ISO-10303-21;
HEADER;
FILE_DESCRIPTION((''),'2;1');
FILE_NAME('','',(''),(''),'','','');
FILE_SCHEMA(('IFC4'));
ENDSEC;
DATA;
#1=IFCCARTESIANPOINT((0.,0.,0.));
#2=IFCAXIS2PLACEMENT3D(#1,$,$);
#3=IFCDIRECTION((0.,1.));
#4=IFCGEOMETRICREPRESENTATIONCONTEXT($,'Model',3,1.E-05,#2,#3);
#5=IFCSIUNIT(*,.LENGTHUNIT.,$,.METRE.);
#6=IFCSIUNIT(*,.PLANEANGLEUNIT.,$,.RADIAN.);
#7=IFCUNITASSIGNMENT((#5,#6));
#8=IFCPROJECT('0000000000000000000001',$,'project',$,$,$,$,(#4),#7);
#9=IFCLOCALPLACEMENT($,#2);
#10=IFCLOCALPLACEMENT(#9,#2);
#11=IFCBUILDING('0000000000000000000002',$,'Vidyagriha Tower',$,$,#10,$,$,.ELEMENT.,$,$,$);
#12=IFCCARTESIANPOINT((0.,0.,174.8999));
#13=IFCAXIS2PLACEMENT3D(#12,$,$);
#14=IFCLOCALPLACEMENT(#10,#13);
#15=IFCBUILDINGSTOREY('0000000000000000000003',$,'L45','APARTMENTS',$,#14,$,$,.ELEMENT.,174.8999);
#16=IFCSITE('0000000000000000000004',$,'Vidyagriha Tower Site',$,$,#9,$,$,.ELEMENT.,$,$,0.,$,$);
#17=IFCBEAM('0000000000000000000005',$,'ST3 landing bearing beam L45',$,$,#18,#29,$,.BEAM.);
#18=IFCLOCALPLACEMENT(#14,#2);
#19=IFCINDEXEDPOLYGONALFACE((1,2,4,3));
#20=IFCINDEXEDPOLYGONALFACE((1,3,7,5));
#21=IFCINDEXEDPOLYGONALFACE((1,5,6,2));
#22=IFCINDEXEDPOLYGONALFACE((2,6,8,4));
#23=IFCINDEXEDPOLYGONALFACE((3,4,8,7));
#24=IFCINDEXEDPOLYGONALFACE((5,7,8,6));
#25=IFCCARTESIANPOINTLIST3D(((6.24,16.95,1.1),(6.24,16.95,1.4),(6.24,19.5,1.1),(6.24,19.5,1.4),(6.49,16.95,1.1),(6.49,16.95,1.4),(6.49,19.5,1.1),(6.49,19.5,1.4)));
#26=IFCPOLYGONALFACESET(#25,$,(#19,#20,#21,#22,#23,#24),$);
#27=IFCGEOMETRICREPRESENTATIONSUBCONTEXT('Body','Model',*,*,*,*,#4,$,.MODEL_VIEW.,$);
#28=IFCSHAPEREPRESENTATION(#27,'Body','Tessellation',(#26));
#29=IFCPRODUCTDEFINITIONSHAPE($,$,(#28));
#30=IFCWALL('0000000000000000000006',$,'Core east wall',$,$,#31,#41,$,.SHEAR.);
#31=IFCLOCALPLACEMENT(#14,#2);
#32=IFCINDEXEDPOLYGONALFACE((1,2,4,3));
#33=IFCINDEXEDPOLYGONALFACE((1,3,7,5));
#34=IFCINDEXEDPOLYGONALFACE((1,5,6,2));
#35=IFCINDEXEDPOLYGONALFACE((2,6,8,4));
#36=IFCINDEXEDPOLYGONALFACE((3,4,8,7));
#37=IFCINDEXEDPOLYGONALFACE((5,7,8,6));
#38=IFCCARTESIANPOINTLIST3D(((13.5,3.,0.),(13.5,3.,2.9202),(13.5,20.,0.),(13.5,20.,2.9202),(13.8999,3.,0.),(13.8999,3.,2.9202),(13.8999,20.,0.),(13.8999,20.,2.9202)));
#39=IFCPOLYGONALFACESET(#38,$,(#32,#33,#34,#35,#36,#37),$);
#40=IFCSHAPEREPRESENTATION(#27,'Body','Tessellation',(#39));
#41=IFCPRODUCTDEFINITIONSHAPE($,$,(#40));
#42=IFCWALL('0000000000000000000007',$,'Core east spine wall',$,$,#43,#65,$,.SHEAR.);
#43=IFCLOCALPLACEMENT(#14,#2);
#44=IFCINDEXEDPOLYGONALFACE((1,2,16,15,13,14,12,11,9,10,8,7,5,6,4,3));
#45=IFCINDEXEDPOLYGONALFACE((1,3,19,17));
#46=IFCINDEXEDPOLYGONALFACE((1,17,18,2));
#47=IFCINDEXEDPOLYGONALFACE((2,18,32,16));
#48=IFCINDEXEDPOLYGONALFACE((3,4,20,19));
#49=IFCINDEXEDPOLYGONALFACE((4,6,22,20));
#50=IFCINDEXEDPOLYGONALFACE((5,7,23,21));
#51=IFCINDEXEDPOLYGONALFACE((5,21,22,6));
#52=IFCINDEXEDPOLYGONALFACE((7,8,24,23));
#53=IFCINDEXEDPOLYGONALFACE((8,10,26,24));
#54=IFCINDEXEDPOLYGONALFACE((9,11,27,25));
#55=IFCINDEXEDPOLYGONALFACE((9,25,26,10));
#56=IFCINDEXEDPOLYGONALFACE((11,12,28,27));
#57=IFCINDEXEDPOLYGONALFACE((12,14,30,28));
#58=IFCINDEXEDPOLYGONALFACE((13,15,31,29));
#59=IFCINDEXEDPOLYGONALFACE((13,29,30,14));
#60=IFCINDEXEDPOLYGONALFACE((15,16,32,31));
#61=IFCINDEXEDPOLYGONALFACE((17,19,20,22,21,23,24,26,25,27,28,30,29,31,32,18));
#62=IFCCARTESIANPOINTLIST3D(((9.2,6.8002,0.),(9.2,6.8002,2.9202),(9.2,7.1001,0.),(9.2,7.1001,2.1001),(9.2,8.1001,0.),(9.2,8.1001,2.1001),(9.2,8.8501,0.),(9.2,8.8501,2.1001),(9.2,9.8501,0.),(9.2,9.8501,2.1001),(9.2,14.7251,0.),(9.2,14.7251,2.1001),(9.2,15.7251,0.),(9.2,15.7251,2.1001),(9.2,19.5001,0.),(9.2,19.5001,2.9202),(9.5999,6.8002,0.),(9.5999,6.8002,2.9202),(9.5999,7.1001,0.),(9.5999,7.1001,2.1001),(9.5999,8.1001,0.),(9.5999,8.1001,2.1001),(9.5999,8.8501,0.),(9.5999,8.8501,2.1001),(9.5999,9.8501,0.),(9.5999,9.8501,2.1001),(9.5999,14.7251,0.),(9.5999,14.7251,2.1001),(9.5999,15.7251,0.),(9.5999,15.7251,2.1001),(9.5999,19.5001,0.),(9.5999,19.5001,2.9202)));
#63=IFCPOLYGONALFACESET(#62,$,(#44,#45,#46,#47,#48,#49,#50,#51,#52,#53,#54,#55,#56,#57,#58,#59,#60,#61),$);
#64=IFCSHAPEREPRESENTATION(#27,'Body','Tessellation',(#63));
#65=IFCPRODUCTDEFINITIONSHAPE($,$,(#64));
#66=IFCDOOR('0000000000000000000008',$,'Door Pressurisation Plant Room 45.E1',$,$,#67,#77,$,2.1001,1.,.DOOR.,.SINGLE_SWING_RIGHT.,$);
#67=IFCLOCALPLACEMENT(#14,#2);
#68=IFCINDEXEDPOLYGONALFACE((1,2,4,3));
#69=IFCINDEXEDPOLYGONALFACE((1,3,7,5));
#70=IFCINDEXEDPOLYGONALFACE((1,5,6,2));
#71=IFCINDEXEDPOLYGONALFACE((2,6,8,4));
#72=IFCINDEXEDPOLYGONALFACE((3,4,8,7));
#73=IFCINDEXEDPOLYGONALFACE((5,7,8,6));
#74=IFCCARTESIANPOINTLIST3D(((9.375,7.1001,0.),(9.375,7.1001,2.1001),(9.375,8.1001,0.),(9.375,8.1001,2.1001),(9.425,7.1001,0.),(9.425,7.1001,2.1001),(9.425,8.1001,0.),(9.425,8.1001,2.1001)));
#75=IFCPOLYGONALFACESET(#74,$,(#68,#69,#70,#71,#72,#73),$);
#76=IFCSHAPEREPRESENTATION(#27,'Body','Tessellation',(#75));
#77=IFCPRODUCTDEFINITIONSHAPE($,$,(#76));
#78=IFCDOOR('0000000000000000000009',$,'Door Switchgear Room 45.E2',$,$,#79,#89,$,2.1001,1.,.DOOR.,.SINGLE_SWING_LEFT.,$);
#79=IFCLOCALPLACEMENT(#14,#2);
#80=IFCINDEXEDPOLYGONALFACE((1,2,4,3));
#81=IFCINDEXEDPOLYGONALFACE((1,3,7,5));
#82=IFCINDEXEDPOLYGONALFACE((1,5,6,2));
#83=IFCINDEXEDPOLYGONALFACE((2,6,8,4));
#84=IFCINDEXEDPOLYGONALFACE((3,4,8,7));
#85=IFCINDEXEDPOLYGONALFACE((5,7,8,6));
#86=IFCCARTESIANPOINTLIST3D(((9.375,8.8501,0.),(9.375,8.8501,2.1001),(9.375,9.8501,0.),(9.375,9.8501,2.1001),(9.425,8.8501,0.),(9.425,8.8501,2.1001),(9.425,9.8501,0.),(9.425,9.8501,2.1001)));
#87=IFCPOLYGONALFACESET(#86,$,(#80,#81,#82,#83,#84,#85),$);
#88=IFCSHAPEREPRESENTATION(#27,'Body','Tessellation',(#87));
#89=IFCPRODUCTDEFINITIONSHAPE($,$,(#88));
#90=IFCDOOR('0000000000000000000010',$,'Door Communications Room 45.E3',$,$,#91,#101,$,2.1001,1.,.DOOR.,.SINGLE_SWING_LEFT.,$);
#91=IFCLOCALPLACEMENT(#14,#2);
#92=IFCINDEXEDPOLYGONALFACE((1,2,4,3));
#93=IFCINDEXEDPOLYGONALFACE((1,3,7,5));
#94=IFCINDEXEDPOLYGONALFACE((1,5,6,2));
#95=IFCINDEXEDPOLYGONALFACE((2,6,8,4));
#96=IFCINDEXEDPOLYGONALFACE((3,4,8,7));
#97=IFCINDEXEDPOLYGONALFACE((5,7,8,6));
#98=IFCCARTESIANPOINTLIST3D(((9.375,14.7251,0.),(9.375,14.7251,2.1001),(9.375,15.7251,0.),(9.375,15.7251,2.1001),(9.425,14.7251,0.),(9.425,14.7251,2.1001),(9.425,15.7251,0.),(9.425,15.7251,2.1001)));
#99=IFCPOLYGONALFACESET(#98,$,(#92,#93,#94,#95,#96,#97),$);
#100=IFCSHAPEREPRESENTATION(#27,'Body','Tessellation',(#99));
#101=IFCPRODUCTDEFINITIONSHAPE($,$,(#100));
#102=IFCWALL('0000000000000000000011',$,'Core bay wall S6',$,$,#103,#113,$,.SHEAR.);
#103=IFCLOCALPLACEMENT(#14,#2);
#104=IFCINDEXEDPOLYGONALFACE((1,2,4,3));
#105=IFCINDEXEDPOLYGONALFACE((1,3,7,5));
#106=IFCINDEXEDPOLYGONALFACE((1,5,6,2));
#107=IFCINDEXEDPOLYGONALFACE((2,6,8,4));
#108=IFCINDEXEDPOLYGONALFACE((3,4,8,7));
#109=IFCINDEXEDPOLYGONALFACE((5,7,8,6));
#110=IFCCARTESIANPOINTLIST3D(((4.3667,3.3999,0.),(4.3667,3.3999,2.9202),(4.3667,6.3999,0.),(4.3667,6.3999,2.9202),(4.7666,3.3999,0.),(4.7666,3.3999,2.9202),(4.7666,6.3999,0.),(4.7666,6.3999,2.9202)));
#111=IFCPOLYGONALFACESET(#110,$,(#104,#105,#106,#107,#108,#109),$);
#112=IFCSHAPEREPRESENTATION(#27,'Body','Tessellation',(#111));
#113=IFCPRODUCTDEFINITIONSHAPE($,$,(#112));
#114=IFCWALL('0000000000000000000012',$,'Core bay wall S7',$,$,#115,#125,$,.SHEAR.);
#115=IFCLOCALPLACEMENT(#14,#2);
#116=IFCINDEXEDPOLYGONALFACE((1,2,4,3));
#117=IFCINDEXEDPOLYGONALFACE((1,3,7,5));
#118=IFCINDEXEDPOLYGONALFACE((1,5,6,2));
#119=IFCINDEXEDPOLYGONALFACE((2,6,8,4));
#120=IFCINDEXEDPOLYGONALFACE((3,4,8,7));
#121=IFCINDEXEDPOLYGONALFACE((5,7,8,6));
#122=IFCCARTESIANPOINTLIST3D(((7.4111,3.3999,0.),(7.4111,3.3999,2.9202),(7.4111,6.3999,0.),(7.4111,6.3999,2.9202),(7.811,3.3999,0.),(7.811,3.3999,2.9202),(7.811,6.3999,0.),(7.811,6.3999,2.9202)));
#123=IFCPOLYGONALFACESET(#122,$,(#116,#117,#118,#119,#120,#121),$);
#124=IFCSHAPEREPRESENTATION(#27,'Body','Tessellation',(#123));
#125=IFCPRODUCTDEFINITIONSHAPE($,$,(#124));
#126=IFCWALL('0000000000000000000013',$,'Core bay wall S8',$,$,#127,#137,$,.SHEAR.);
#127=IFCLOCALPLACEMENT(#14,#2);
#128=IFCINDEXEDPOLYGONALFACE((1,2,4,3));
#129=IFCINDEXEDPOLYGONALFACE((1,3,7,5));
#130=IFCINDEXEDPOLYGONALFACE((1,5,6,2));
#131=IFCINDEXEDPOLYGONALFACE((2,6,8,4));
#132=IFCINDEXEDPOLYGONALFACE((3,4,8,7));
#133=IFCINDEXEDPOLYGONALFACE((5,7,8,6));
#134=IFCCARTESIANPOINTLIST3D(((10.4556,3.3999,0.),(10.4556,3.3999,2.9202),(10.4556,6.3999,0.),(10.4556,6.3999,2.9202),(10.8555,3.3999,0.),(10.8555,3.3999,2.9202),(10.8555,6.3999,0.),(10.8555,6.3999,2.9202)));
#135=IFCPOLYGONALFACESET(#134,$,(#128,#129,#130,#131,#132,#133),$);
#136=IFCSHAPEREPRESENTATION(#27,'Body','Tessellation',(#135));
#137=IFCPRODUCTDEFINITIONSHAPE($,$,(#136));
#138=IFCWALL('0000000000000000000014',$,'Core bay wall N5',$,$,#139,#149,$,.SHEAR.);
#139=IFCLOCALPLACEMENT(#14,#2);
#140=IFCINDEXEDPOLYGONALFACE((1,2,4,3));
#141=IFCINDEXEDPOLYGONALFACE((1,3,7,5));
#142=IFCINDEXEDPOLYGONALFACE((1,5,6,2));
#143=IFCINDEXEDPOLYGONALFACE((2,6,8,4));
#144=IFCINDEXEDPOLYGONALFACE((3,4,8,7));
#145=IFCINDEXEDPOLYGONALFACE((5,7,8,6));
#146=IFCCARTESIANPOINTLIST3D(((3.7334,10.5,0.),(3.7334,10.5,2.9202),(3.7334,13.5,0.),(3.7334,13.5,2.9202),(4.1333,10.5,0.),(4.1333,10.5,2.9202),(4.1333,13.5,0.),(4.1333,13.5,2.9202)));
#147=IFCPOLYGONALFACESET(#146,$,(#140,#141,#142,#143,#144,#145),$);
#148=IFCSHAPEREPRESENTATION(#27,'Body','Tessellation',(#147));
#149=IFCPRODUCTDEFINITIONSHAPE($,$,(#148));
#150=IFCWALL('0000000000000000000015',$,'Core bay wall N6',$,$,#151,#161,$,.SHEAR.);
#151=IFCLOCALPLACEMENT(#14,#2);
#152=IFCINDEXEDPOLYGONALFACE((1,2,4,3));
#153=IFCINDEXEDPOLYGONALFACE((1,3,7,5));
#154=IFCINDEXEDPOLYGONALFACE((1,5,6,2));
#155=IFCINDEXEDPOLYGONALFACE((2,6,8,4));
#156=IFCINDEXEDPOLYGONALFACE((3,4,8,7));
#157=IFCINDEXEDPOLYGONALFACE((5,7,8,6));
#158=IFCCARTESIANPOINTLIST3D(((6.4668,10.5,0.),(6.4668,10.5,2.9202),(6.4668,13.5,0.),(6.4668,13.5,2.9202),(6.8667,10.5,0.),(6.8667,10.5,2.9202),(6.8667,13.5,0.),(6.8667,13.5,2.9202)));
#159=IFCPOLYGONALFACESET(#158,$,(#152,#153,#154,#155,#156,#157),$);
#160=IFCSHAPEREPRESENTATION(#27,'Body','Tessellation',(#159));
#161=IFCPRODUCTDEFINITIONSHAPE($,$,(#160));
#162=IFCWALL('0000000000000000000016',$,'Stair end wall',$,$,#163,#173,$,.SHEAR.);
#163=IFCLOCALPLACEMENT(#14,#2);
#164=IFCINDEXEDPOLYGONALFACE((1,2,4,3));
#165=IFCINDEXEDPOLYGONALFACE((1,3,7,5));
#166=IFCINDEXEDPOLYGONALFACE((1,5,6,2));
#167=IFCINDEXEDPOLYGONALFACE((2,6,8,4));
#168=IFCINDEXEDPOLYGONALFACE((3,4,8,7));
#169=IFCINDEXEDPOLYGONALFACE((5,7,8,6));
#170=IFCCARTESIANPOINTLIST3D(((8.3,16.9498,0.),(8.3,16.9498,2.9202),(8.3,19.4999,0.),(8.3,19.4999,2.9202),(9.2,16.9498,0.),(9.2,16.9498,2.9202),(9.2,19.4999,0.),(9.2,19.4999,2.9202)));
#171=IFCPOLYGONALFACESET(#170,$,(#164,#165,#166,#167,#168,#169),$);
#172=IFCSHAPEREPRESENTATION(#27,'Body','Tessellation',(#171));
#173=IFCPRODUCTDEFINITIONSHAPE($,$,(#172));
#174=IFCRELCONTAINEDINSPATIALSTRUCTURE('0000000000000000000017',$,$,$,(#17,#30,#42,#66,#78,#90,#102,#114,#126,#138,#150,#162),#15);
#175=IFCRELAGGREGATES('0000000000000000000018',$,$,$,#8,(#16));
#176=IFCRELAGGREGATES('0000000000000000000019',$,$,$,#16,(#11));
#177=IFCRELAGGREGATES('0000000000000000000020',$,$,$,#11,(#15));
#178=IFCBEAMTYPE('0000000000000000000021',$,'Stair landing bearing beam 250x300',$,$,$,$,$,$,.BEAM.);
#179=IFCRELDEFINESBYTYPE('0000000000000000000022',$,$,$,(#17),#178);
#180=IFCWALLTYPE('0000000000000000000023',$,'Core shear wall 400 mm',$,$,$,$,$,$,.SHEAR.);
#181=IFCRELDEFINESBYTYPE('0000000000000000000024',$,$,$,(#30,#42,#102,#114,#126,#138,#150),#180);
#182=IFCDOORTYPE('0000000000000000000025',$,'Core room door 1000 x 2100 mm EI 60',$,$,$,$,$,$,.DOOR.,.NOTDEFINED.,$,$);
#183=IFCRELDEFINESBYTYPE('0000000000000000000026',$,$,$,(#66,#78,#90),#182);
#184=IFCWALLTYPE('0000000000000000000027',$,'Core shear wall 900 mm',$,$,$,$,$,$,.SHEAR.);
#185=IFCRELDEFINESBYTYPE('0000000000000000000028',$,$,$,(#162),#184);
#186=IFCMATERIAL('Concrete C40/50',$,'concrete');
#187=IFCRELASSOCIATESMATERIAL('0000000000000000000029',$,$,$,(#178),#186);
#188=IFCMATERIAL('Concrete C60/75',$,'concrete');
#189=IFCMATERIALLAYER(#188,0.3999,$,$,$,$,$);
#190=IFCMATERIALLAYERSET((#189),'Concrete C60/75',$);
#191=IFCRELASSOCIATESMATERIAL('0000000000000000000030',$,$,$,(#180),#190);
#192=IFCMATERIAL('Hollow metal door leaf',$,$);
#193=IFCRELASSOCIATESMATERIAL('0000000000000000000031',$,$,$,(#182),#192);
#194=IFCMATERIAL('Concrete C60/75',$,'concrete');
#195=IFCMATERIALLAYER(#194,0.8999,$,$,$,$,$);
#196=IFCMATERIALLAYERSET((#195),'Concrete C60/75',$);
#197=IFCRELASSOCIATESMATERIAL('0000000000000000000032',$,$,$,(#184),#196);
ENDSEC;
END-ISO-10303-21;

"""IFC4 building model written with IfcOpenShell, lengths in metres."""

from ifc_helpers import new_model, si_unit, direction, frame, frame_2d, origin, origin_2d, place, context, subcontext, project, spatial, rectangle, extrude, material, layer, layer_set, material_profile, profile_set, type_object, element, fill, save


model = new_model("IFC4")

# Units and contexts
model_context = context("Model", 3, precision=1e-05, world=origin(), true_north=direction((0.0, 1.0)))
body_context = subcontext(model_context, "Body", "Model", "MODEL_VIEW")
ifc_project = project(units=[si_unit("LENGTHUNIT", "METRE"), si_unit("PLANEANGLEUNIT", "RADIAN")], contexts=[model_context])

# Site, building, storey
site_placement = place(None, origin())
site = spatial("IfcSite", under=ifc_project, at=site_placement, Name="Vidyagriha Tower Site", CompositionType="ELEMENT", RefElevation=0.0)
building_placement = place(site_placement, origin())
building = spatial("IfcBuilding", under=site, at=building_placement, Name="Vidyagriha Tower", CompositionType="ELEMENT")
storey_placement = place(building_placement, frame((0.0, 0.0, 174.8999)))
storey = spatial("IfcBuildingStorey", under=building, at=storey_placement, Name="L45", Description="APARTMENTS", CompositionType="ELEMENT", Elevation=174.8999)

# Beam
ifc_material_1 = material(Name="Concrete C40/50", Category="concrete")
ifc_material_profile = material_profile(ifc_material_1, rectangle(XDim=0.25, YDim=0.3, at=origin_2d()), Name="Stair landing bearing beam 250x300")
ifc_profile_set = profile_set([ifc_material_profile], Name="Concrete C40/50")
beam_type = type_object("IfcBeamType", Name="Stair landing bearing beam 250x300", PredefinedType="BEAM", material=ifc_profile_set)
beam_placement = place(storey_placement, frame((6.365, 16.95, 1.25), z_axis=(0.0, 1.0, 0.0), x_axis=(-1.0, 0.0, 0.0)))
element("IfcBeam", 1, at=beam_placement, inside=storey, type_object=beam_type, Name="ST3 landing bearing beam L45", PredefinedType="BEAM", context=body_context, shape_type="SweptSolid", body=[
    extrude(rectangle(XDim=0.25, YDim=0.3, at=origin_2d()), origin(), (0.0, 0.0, 1.0), 2.55),
])

# Wall
ifc_material_2 = material(Name="Concrete C60/75", Category="concrete")
ifc_layer_1 = layer(ifc_material_2, 0.3999)
ifc_layer_set_1 = layer_set([ifc_layer_1], Name="Concrete C60/75")
wall_type_1 = type_object("IfcWallType", Name="Core shear wall 400 mm", PredefinedType="SHEAR", material=ifc_layer_set_1)
wall_1_placement = place(storey_placement, frame((13.7, 3.0, 0.0), z_axis=(0.0, 0.0, 1.0), x_axis=(0.0, 1.0, 0.0)))
element("IfcWall", 2, at=wall_1_placement, inside=storey, type_object=wall_type_1, Name="Core east wall", PredefinedType="SHEAR", context=body_context, shape_type="SweptSolid", body=[
    extrude(rectangle(XDim=17.0, YDim=0.3999, at=frame_2d((8.5, 0.0))), origin(), (0.0, 0.0, 1.0), 2.9202),
])

# Wall, openings, doors
wall_2_placement = place(storey_placement, frame((9.3999, 6.8, 0.0), z_axis=(0.0, 0.0, 1.0), x_axis=(0.0, 1.0, 0.0)))
wall_2 = element("IfcWall", 3, at=wall_2_placement, inside=storey, type_object=wall_type_1, Name="Core east spine wall", PredefinedType="SHEAR", context=body_context, shape_type="SweptSolid", body=[
    extrude(rectangle(XDim=12.7, YDim=0.3999, at=frame_2d((6.3501, 0.0))), origin(), (0.0, 0.0, 1.0), 2.9202),
])
opening_1_placement = place(wall_2_placement, frame((0.3, 0.0, 0.0)))
opening_1 = element("IfcOpeningElement", 4, at=opening_1_placement, cuts=wall_2, PredefinedType="OPENING", context=body_context, shape_type="SweptSolid", body=[
    extrude(rectangle(XDim=1.0, YDim=2.1001, at=frame_2d((0.5, 1.05))), frame((0.0, 0.21, 0.0), z_axis=(0.0, -1.0, 0.0), x_axis=(1.0, 0.0, 0.0)), (0.0, 0.0, 1.0), 0.4199),
])
opening_2_placement = place(wall_2_placement, frame((2.05, 0.0, 0.0)))
opening_2 = element("IfcOpeningElement", 5, at=opening_2_placement, cuts=wall_2, PredefinedType="OPENING", context=body_context, shape_type="SweptSolid", body=[
    extrude(rectangle(XDim=1.0, YDim=2.1001, at=frame_2d((0.5, 1.05))), frame((0.0, 0.21, 0.0), z_axis=(0.0, -1.0, 0.0), x_axis=(1.0, 0.0, 0.0)), (0.0, 0.0, 1.0), 0.4199),
])
opening_3_placement = place(wall_2_placement, frame((7.925, 0.0, 0.0)))
opening_3 = element("IfcOpeningElement", 6, at=opening_3_placement, cuts=wall_2, PredefinedType="OPENING", context=body_context, shape_type="SweptSolid", body=[
    extrude(rectangle(XDim=1.0, YDim=2.1001, at=frame_2d((0.5, 1.05))), frame((0.0, 0.21, 0.0), z_axis=(0.0, -1.0, 0.0), x_axis=(1.0, 0.0, 0.0)), (0.0, 0.0, 1.0), 0.4199),
])
ifc_material_3 = material(Name="Hollow metal door leaf")
door_type_1 = type_object("IfcDoorType", Name="Core room door 1000 x 2100 mm EI 60", OperationType="NOTDEFINED", PredefinedType="DOOR", material=ifc_material_3)
door_1_placement = place(opening_1_placement, origin())
door_1 = element("IfcDoor", 7, at=door_1_placement, inside=storey, type_object=door_type_1, Name="Door Pressurisation Plant Room 45.E1", OperationType="SINGLE_SWING_RIGHT", OverallHeight=2.1001, OverallWidth=1.0, PredefinedType="DOOR", context=body_context, shape_type="SweptSolid", body=[
    extrude(rectangle(XDim=1.0, YDim=2.1001, at=frame_2d((0.5, 1.05))), frame((0.0, 0.0249, 0.0), z_axis=(0.0, -1.0, 0.0), x_axis=(1.0, 0.0, 0.0)), (0.0, 0.0, 1.0), 0.05),
])
fill(opening_1, door_1)
door_2_placement = place(opening_2_placement, origin())
door_2 = element("IfcDoor", 8, at=door_2_placement, inside=storey, type_object=door_type_1, Name="Door Switchgear Room 45.E2", OperationType="SINGLE_SWING_LEFT", OverallHeight=2.1001, OverallWidth=1.0, PredefinedType="DOOR", context=body_context, shape_type="SweptSolid", body=[
    extrude(rectangle(XDim=1.0, YDim=2.1001, at=frame_2d((0.5, 1.05))), frame((0.0, 0.0249, 0.0), z_axis=(0.0, -1.0, 0.0), x_axis=(1.0, 0.0, 0.0)), (0.0, 0.0, 1.0), 0.05),
])
fill(opening_2, door_2)
door_3_placement = place(opening_3_placement, origin())
door_3 = element("IfcDoor", 9, at=door_3_placement, inside=storey, type_object=door_type_1, Name="Door Communications Room 45.E3", OperationType="SINGLE_SWING_LEFT", OverallHeight=2.1001, OverallWidth=1.0, PredefinedType="DOOR", context=body_context, shape_type="SweptSolid", body=[
    extrude(rectangle(XDim=1.0, YDim=2.1001, at=frame_2d((0.5, 1.05))), frame((0.0, 0.0249, 0.0), z_axis=(0.0, -1.0, 0.0), x_axis=(1.0, 0.0, 0.0)), (0.0, 0.0, 1.0), 0.05),
])
fill(opening_3, door_3)

# Walls
for number, where, z_axis, x_axis, name in (
    (10, (4.5667, 3.3999, 0.0), (0.0, 0.0, 1.0), (0.0, 1.0, 0.0), "Core bay wall S6"),
    (11, (7.6111, 3.3999, 0.0), (0.0, 0.0, 1.0), (0.0, 1.0, 0.0), "Core bay wall S7"),
    (12, (10.6555, 3.3999, 0.0), (0.0, 0.0, 1.0), (0.0, 1.0, 0.0), "Core bay wall S8"),
    (13, (3.9333, 10.5, 0.0), (0.0, 0.0, 1.0), (0.0, 1.0, 0.0), "Core bay wall N5"),
    (14, (6.6667, 10.5, 0.0), (0.0, 0.0, 1.0), (0.0, 1.0, 0.0), "Core bay wall N6"),
):
    element("IfcWall", number, at=place(storey_placement, frame(where, z_axis=z_axis, x_axis=x_axis)), inside=storey, type_object=wall_type_1, Name=name, PredefinedType="SHEAR", context=body_context, shape_type="SweptSolid", body=[
        extrude(rectangle(XDim=3.0, YDim=0.3999, at=frame_2d((1.5, 0.0))), origin(), (0.0, 0.0, 1.0), 2.9202),
    ])
ifc_material_4 = material(Name="Concrete C60/75", Category="concrete")
ifc_layer_2 = layer(ifc_material_4, 0.8999)
ifc_layer_set_2 = layer_set([ifc_layer_2], Name="Concrete C60/75")
wall_type_2 = type_object("IfcWallType", Name="Core shear wall 900 mm", PredefinedType="SHEAR", material=ifc_layer_set_2)
wall_3_placement = place(storey_placement, frame((8.75, 16.95, 0.0), z_axis=(0.0, 0.0, 1.0), x_axis=(0.0, 1.0, 0.0)))
element("IfcWall", 15, at=wall_3_placement, inside=storey, type_object=wall_type_2, Name="Stair end wall", PredefinedType="SHEAR", context=body_context, shape_type="SweptSolid", body=[
    extrude(rectangle(XDim=2.55, YDim=0.8999, at=frame_2d((1.2749, 0.0))), origin(), (0.0, 0.0, 1.0), 2.9202),
])

save(model, "model.ifc")
